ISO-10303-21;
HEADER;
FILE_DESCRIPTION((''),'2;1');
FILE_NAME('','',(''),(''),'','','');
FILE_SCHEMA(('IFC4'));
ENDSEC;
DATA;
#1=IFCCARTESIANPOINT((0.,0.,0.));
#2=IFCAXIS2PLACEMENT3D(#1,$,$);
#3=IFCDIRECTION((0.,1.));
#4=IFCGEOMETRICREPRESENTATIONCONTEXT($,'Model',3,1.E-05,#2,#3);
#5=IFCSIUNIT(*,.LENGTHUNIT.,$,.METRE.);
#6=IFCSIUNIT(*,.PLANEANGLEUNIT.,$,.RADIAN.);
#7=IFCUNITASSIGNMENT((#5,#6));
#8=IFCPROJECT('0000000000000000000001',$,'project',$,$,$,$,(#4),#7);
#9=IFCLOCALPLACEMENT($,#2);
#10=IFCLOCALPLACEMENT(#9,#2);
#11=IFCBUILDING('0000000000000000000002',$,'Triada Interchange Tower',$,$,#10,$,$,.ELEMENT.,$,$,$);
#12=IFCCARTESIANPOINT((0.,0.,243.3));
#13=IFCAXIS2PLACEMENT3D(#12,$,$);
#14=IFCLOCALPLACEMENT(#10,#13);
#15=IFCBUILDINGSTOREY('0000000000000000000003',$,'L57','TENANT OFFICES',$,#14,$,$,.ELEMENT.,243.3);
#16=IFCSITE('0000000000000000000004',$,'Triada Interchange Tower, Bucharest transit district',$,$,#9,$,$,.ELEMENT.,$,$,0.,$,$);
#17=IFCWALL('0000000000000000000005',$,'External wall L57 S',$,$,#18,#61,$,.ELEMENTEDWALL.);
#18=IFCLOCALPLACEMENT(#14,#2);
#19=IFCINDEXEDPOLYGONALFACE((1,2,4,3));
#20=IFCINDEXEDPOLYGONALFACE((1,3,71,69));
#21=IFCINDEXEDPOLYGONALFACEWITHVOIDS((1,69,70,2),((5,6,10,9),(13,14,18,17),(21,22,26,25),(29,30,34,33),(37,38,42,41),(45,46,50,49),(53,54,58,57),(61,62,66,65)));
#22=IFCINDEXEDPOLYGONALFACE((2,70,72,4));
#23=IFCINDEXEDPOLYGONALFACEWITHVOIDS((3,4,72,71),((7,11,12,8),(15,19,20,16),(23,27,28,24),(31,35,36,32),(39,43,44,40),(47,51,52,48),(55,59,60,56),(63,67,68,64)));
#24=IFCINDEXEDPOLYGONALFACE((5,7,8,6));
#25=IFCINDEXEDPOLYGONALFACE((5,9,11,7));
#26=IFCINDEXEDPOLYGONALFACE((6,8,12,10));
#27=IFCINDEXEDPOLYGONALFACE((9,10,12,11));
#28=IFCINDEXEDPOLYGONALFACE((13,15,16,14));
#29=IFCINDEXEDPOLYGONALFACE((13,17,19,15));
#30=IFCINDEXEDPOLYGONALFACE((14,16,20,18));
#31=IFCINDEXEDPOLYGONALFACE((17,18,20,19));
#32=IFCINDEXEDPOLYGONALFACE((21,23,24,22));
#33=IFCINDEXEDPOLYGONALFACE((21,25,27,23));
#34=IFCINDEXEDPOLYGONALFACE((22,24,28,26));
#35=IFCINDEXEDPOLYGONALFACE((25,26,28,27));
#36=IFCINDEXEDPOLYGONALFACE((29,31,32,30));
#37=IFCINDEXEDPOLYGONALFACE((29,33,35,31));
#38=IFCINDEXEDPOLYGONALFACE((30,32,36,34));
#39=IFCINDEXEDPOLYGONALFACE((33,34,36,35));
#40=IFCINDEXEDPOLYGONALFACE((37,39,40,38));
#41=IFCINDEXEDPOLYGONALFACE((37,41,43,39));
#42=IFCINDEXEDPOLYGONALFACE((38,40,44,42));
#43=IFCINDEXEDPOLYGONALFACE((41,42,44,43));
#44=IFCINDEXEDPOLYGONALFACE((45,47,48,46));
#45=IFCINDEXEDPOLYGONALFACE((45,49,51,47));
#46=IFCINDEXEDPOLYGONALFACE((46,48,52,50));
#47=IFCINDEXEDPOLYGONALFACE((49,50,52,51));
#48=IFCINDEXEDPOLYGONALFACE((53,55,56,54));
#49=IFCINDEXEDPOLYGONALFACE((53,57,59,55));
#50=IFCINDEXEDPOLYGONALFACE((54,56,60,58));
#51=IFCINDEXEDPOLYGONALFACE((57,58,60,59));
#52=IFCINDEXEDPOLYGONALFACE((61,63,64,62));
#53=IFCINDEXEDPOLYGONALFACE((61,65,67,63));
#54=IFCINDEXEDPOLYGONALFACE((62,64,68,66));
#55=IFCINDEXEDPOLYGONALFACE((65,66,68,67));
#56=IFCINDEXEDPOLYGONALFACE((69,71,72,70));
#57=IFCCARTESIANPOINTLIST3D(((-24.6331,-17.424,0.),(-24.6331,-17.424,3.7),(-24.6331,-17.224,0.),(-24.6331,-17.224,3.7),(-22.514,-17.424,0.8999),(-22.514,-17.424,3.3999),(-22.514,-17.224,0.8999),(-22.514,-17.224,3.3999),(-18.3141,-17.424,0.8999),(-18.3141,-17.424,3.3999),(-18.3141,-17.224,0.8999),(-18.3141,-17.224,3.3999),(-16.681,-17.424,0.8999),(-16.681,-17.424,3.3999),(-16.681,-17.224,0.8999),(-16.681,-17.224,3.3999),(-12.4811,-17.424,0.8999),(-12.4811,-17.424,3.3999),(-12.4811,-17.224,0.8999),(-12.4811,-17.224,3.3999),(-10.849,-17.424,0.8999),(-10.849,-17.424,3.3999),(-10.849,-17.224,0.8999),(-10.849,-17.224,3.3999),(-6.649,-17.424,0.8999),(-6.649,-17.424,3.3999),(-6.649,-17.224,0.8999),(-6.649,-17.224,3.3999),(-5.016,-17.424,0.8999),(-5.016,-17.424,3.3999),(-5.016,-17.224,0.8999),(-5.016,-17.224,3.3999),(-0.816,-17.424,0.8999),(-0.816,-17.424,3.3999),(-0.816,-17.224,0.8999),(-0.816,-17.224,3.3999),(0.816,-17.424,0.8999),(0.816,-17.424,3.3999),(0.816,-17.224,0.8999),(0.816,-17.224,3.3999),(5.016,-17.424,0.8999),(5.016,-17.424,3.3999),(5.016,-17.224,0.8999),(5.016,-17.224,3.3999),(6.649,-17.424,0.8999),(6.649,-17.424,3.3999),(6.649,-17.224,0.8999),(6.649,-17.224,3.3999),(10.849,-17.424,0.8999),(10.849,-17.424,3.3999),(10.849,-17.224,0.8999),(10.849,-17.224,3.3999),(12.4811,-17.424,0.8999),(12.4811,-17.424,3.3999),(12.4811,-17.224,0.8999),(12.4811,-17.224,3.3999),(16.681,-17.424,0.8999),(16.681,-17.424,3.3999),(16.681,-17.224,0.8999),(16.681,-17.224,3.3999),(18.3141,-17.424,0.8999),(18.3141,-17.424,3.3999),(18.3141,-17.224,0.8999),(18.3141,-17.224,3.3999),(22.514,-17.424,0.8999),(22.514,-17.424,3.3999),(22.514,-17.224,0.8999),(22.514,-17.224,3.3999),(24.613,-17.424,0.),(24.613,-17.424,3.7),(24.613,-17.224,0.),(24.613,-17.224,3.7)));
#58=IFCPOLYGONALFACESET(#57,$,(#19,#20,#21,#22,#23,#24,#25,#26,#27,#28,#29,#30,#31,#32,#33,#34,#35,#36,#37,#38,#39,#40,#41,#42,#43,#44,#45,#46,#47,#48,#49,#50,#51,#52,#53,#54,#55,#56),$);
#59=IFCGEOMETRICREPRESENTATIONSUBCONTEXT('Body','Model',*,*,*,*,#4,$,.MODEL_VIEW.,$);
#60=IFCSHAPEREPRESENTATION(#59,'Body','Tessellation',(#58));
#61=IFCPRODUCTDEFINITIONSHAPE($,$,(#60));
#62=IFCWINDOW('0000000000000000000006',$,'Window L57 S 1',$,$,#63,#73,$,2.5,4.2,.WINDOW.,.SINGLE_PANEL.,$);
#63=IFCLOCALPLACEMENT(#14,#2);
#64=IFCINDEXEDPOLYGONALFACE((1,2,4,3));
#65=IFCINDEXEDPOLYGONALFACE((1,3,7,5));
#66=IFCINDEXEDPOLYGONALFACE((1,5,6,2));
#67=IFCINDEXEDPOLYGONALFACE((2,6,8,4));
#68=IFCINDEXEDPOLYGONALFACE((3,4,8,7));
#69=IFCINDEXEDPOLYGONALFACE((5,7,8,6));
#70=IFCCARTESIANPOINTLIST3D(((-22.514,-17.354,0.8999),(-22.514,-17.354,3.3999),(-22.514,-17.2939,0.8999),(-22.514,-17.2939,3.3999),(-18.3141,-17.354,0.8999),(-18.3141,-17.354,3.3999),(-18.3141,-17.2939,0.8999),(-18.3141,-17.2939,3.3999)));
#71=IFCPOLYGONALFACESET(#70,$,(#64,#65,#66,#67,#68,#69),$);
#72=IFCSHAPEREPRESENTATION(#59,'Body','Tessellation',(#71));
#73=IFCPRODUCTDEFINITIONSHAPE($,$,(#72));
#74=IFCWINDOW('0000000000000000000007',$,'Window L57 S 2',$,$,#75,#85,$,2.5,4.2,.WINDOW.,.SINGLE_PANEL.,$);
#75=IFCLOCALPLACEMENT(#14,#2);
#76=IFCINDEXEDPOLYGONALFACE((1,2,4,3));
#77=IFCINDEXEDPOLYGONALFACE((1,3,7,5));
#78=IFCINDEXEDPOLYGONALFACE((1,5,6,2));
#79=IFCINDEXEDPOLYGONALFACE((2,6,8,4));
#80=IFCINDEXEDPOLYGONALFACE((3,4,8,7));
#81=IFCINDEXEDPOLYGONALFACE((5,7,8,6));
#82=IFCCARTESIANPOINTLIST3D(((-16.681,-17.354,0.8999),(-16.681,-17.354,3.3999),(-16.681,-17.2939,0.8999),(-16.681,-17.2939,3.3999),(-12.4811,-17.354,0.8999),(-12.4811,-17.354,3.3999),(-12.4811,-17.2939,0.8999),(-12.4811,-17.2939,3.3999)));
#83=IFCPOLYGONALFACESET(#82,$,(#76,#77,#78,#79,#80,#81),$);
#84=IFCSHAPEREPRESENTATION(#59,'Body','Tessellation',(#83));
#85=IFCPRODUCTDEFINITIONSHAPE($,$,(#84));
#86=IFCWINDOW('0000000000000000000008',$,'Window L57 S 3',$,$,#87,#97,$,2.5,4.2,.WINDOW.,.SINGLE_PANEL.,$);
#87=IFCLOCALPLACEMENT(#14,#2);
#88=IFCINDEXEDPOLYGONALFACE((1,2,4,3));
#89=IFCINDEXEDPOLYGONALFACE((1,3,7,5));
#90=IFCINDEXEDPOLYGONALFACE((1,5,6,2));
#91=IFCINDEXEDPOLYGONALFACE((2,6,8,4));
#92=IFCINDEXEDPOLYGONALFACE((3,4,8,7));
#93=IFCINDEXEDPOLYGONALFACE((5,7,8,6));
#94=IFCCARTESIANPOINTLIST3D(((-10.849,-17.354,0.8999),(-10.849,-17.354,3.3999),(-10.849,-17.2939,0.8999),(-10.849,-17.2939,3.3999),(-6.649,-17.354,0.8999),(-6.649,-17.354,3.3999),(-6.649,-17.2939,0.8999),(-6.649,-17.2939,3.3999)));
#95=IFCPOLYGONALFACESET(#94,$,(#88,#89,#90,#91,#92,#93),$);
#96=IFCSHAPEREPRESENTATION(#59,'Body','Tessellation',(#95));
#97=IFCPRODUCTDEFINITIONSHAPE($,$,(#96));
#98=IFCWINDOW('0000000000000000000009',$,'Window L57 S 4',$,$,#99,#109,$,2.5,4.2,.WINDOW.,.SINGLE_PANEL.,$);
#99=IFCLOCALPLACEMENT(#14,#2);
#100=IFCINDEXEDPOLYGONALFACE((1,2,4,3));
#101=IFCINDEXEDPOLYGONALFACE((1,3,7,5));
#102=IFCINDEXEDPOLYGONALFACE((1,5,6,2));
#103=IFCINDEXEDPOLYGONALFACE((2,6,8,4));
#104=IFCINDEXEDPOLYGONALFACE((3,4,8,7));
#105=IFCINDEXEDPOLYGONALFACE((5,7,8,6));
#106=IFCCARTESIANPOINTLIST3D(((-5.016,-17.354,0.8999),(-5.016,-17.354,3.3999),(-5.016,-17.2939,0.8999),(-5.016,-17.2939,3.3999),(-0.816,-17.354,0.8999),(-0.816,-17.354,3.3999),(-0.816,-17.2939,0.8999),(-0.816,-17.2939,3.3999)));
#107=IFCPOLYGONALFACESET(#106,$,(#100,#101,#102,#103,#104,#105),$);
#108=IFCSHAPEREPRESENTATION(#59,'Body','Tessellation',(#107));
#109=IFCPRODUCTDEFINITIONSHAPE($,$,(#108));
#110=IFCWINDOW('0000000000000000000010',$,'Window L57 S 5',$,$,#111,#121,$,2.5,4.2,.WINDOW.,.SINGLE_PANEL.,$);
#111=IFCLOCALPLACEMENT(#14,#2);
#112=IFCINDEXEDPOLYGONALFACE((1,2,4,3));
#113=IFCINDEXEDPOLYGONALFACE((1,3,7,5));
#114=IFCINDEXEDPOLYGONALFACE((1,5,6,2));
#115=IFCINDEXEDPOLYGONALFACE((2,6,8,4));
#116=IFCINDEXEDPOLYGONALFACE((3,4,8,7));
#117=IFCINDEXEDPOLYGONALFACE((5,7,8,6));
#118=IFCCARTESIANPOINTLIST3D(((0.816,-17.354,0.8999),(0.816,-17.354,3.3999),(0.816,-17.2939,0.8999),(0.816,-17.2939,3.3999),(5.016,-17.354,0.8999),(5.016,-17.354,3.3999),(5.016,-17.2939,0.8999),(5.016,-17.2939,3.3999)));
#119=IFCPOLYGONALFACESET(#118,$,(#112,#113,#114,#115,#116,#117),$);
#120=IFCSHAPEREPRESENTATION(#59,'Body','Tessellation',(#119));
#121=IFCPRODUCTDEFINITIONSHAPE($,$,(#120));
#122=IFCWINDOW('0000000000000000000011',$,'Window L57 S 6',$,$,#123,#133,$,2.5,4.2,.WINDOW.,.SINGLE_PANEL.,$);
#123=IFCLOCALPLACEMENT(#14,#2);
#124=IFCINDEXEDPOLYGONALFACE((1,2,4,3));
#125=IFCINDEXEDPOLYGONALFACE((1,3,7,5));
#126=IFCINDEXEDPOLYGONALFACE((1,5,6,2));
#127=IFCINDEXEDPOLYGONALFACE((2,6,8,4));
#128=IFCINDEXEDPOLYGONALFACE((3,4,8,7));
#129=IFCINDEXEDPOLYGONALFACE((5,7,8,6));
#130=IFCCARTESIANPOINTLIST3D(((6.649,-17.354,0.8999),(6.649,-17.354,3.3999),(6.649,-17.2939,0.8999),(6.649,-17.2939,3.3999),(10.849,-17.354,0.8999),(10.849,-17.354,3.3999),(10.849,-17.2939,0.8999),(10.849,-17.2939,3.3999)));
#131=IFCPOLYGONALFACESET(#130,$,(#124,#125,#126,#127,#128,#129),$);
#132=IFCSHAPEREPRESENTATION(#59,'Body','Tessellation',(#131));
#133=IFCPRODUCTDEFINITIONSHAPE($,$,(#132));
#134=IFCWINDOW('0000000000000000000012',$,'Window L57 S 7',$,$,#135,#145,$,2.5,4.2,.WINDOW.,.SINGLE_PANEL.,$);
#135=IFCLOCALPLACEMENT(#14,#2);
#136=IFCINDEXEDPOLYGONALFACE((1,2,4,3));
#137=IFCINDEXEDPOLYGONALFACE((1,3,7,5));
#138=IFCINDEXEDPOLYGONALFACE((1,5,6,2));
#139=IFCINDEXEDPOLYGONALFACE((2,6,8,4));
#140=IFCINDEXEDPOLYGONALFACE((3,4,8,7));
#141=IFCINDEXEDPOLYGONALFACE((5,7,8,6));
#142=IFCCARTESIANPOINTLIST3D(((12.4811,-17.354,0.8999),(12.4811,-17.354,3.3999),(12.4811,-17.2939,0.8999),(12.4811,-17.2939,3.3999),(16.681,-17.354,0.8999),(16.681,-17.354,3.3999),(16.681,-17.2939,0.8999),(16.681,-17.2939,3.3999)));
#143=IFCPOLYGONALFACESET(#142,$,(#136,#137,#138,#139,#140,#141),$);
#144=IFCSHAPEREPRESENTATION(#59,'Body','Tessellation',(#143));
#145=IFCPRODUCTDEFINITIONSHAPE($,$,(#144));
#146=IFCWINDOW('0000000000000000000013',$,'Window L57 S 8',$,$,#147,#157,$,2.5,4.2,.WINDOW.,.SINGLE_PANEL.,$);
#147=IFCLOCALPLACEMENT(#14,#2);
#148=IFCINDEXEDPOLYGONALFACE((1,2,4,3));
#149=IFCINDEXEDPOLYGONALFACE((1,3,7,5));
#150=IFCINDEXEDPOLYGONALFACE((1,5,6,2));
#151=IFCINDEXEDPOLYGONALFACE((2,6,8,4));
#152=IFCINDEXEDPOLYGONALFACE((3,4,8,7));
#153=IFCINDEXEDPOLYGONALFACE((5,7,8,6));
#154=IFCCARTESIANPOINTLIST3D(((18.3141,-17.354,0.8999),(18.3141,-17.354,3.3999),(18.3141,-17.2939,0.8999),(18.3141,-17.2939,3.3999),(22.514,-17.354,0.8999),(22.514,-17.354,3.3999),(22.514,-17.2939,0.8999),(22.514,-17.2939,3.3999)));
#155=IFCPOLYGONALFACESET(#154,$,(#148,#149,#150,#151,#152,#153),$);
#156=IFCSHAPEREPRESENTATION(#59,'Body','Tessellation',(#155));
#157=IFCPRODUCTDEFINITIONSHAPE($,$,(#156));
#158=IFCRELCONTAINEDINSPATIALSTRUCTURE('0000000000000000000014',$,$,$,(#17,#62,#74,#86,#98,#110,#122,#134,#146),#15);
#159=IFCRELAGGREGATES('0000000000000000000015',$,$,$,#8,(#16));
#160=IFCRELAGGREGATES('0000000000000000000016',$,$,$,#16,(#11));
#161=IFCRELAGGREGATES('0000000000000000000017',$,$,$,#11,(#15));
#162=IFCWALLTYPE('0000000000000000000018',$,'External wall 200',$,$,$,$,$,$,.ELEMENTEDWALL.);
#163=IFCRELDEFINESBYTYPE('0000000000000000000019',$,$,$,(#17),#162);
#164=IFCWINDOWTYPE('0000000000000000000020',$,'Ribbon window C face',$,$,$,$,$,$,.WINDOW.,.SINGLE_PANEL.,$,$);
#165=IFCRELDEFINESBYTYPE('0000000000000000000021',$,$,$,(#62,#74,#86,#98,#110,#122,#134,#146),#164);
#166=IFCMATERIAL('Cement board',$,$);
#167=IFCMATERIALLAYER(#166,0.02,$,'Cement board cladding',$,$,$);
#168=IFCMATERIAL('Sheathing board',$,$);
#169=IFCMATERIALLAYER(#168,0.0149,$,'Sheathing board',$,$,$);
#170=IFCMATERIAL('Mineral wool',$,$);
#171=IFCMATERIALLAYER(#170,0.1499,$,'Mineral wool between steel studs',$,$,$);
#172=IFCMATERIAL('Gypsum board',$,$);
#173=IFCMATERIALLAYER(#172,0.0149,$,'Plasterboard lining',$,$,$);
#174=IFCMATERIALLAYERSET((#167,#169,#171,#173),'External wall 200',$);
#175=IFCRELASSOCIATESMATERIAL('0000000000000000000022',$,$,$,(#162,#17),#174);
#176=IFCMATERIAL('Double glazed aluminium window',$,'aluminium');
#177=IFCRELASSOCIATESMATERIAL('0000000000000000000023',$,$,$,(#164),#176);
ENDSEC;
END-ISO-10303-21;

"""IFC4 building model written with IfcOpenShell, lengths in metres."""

from ifc_helpers import new_model, si_unit, direction, frame, frame_2d, origin, place, context, subcontext, project, spatial, rectangle, extrude, material, layer, layer_set, layer_usage, type_object, element, fill, save


model = new_model("IFC4")

# Units and contexts
model_context = context("Model", 3, precision=1e-05, world=origin(), true_north=direction((0.0, 1.0)))
body_context = subcontext(model_context, "Body", "Model", "MODEL_VIEW")
ifc_project = project(units=[si_unit("LENGTHUNIT", "METRE"), si_unit("PLANEANGLEUNIT", "RADIAN")], contexts=[model_context])

# Site, building, storey
site_placement = place(None, origin())
site = spatial("IfcSite", under=ifc_project, at=site_placement, Name="Triada Interchange Tower, Bucharest transit district", CompositionType="ELEMENT", RefElevation=0.0)
building_placement = place(site_placement, origin())
building = spatial("IfcBuilding", under=site, at=building_placement, Name="Triada Interchange Tower", CompositionType="ELEMENT")
storey_placement = place(building_placement, frame((0.0, 0.0, 243.3)))
storey = spatial("IfcBuildingStorey", under=building, at=storey_placement, Name="L57", Description="TENANT OFFICES", CompositionType="ELEMENT", Elevation=243.3)

# Shared definitions
ifc_material_1 = material(Name="Cement board")
ifc_layer_1 = layer(ifc_material_1, 0.02, Name="Cement board cladding")
ifc_material_2 = material(Name="Sheathing board")
ifc_layer_2 = layer(ifc_material_2, 0.0149, Name="Sheathing board")
ifc_material_3 = material(Name="Mineral wool")
ifc_layer_3 = layer(ifc_material_3, 0.1499, Name="Mineral wool between steel studs")
ifc_material_4 = material(Name="Gypsum board")
ifc_layer_4 = layer(ifc_material_4, 0.0149, Name="Plasterboard lining")
ifc_layer_set_1 = layer_set([ifc_layer_1, ifc_layer_2, ifc_layer_3, ifc_layer_4], Name="External wall 200")
ifc_layer_usage = layer_usage(ifc_layer_set_1, "AXIS2", "POSITIVE", -0.1001)
wall_type_1 = type_object("IfcWallType", Name="External wall 200", PredefinedType="ELEMENTEDWALL", material=ifc_layer_set_1)
ifc_material_5 = material(Name="Double glazed aluminium window", Category="aluminium")

# Wall, openings, windows
wall_1_placement = place(storey_placement, frame((-24.6331, -17.324, 0.0), z_axis=(0.0, 0.0, 1.0), x_axis=(1.0, 0.0, 0.0)))
wall_1 = element("IfcWall", 1, at=wall_1_placement, inside=storey, type_object=wall_type_1, material=ifc_layer_usage, Name="External wall L57 S", PredefinedType="ELEMENTEDWALL", context=body_context, shape_type="SweptSolid", body=[
    extrude(rectangle(XDim=49.2461, YDim=0.2, at=frame_2d((24.623, 0.0))), origin(), (0.0, 0.0, 1.0), 3.7),
])
opening_1_placement = place(wall_1_placement, frame((2.1189, 0.0, 0.8999)))
opening_1 = element("IfcOpeningElement", 2, at=opening_1_placement, cuts=wall_1, PredefinedType="OPENING", context=body_context, shape_type="SweptSolid", body=[
    extrude(rectangle(XDim=4.2, YDim=2.5, at=frame_2d((2.1001, 1.25))), frame((0.0, 0.1099, 0.0), z_axis=(0.0, -1.0, 0.0), x_axis=(1.0, 0.0, 0.0)), (0.0, 0.0, 1.0), 0.22),
])
opening_2_placement = place(wall_1_placement, frame((7.9519, 0.0, 0.8999)))
opening_2 = element("IfcOpeningElement", 3, at=opening_2_placement, cuts=wall_1, PredefinedType="OPENING", context=body_context, shape_type="SweptSolid", body=[
    extrude(rectangle(XDim=4.2, YDim=2.5, at=frame_2d((2.1001, 1.25))), frame((0.0, 0.1099, 0.0), z_axis=(0.0, -1.0, 0.0), x_axis=(1.0, 0.0, 0.0)), (0.0, 0.0, 1.0), 0.22),
])
opening_3_placement = place(wall_1_placement, frame((13.7839, 0.0, 0.8999)))
opening_3 = element("IfcOpeningElement", 4, at=opening_3_placement, cuts=wall_1, PredefinedType="OPENING", context=body_context, shape_type="SweptSolid", body=[
    extrude(rectangle(XDim=4.2, YDim=2.5, at=frame_2d((2.1001, 1.25))), frame((0.0, 0.1099, 0.0), z_axis=(0.0, -1.0, 0.0), x_axis=(1.0, 0.0, 0.0)), (0.0, 0.0, 1.0), 0.22),
])
opening_4_placement = place(wall_1_placement, frame((19.6169, 0.0, 0.8999)))
opening_4 = element("IfcOpeningElement", 5, at=opening_4_placement, cuts=wall_1, PredefinedType="OPENING", context=body_context, shape_type="SweptSolid", body=[
    extrude(rectangle(XDim=4.2, YDim=2.5, at=frame_2d((2.1001, 1.25))), frame((0.0, 0.1099, 0.0), z_axis=(0.0, -1.0, 0.0), x_axis=(1.0, 0.0, 0.0)), (0.0, 0.0, 1.0), 0.22),
])
opening_5_placement = place(wall_1_placement, frame((25.449, 0.0, 0.8999)))
opening_5 = element("IfcOpeningElement", 6, at=opening_5_placement, cuts=wall_1, PredefinedType="OPENING", context=body_context, shape_type="SweptSolid", body=[
    extrude(rectangle(XDim=4.2, YDim=2.5, at=frame_2d((2.1001, 1.25))), frame((0.0, 0.1099, 0.0), z_axis=(0.0, -1.0, 0.0), x_axis=(1.0, 0.0, 0.0)), (0.0, 0.0, 1.0), 0.22),
])
opening_6_placement = place(wall_1_placement, frame((31.282, 0.0, 0.8999)))
opening_6 = element("IfcOpeningElement", 7, at=opening_6_placement, cuts=wall_1, PredefinedType="OPENING", context=body_context, shape_type="SweptSolid", body=[
    extrude(rectangle(XDim=4.2, YDim=2.5, at=frame_2d((2.1001, 1.25))), frame((0.0, 0.1099, 0.0), z_axis=(0.0, -1.0, 0.0), x_axis=(1.0, 0.0, 0.0)), (0.0, 0.0, 1.0), 0.22),
])
opening_7_placement = place(wall_1_placement, frame((37.114, 0.0, 0.8999)))
opening_7 = element("IfcOpeningElement", 8, at=opening_7_placement, cuts=wall_1, PredefinedType="OPENING", context=body_context, shape_type="SweptSolid", body=[
    extrude(rectangle(XDim=4.2, YDim=2.5, at=frame_2d((2.1001, 1.25))), frame((0.0, 0.1099, 0.0), z_axis=(0.0, -1.0, 0.0), x_axis=(1.0, 0.0, 0.0)), (0.0, 0.0, 1.0), 0.22),
])
opening_8_placement = place(wall_1_placement, frame((42.947, 0.0, 0.8999)))
opening_8 = element("IfcOpeningElement", 9, at=opening_8_placement, cuts=wall_1, PredefinedType="OPENING", context=body_context, shape_type="SweptSolid", body=[
    extrude(rectangle(XDim=4.2, YDim=2.5, at=frame_2d((2.1001, 1.25))), frame((0.0, 0.1099, 0.0), z_axis=(0.0, -1.0, 0.0), x_axis=(1.0, 0.0, 0.0)), (0.0, 0.0, 1.0), 0.22),
])
window_type_1 = type_object("IfcWindowType", Name="Ribbon window C face", PartitioningType="SINGLE_PANEL", PredefinedType="WINDOW", material=ifc_material_5)
window_1_placement = place(opening_1_placement, origin())
window_1 = element("IfcWindow", 10, at=window_1_placement, inside=storey, type_object=window_type_1, Name="Window L57 S 1", OverallHeight=2.5, OverallWidth=4.2, PartitioningType="SINGLE_PANEL", PredefinedType="WINDOW", context=body_context, shape_type="SweptSolid", body=[
    extrude(rectangle(XDim=4.2, YDim=2.5, at=frame_2d((2.1001, 1.25))), frame((0.0, 0.03, 0.0), z_axis=(0.0, -1.0, 0.0), x_axis=(1.0, 0.0, 0.0)), (0.0, 0.0, 1.0), 0.0601),
])
fill(opening_1, window_1)
window_2_placement = place(opening_2_placement, origin())
window_2 = element("IfcWindow", 11, at=window_2_placement, inside=storey, type_object=window_type_1, Name="Window L57 S 2", OverallHeight=2.5, OverallWidth=4.2, PartitioningType="SINGLE_PANEL", PredefinedType="WINDOW", context=body_context, shape_type="SweptSolid", body=[
    extrude(rectangle(XDim=4.2, YDim=2.5, at=frame_2d((2.1001, 1.25))), frame((0.0, 0.03, 0.0), z_axis=(0.0, -1.0, 0.0), x_axis=(1.0, 0.0, 0.0)), (0.0, 0.0, 1.0), 0.0601),
])
fill(opening_2, window_2)
window_3_placement = place(opening_3_placement, origin())
window_3 = element("IfcWindow", 12, at=window_3_placement, inside=storey, type_object=window_type_1, Name="Window L57 S 3", OverallHeight=2.5, OverallWidth=4.2, PartitioningType="SINGLE_PANEL", PredefinedType="WINDOW", context=body_context, shape_type="SweptSolid", body=[
    extrude(rectangle(XDim=4.2, YDim=2.5, at=frame_2d((2.1001, 1.25))), frame((0.0, 0.03, 0.0), z_axis=(0.0, -1.0, 0.0), x_axis=(1.0, 0.0, 0.0)), (0.0, 0.0, 1.0), 0.0601),
])
fill(opening_3, window_3)
window_4_placement = place(opening_4_placement, origin())
window_4 = element("IfcWindow", 13, at=window_4_placement, inside=storey, type_object=window_type_1, Name="Window L57 S 4", OverallHeight=2.5, OverallWidth=4.2, PartitioningType="SINGLE_PANEL", PredefinedType="WINDOW", context=body_context, shape_type="SweptSolid", body=[
    extrude(rectangle(XDim=4.2, YDim=2.5, at=frame_2d((2.1001, 1.25))), frame((0.0, 0.03, 0.0), z_axis=(0.0, -1.0, 0.0), x_axis=(1.0, 0.0, 0.0)), (0.0, 0.0, 1.0), 0.0601),
])
fill(opening_4, window_4)
window_5_placement = place(opening_5_placement, origin())
window_5 = element("IfcWindow", 14, at=window_5_placement, inside=storey, type_object=window_type_1, Name="Window L57 S 5", OverallHeight=2.5, OverallWidth=4.2, PartitioningType="SINGLE_PANEL", PredefinedType="WINDOW", context=body_context, shape_type="SweptSolid", body=[
    extrude(rectangle(XDim=4.2, YDim=2.5, at=frame_2d((2.1001, 1.25))), frame((0.0, 0.03, 0.0), z_axis=(0.0, -1.0, 0.0), x_axis=(1.0, 0.0, 0.0)), (0.0, 0.0, 1.0), 0.0601),
])
fill(opening_5, window_5)
window_6_placement = place(opening_6_placement, origin())
window_6 = element("IfcWindow", 15, at=window_6_placement, inside=storey, type_object=window_type_1, Name="Window L57 S 6", OverallHeight=2.5, OverallWidth=4.2, PartitioningType="SINGLE_PANEL", PredefinedType="WINDOW", context=body_context, shape_type="SweptSolid", body=[
    extrude(rectangle(XDim=4.2, YDim=2.5, at=frame_2d((2.1001, 1.25))), frame((0.0, 0.03, 0.0), z_axis=(0.0, -1.0, 0.0), x_axis=(1.0, 0.0, 0.0)), (0.0, 0.0, 1.0), 0.0601),
])
fill(opening_6, window_6)
window_7_placement = place(opening_7_placement, origin())
window_7 = element("IfcWindow", 16, at=window_7_placement, inside=storey, type_object=window_type_1, Name="Window L57 S 7", OverallHeight=2.5, OverallWidth=4.2, PartitioningType="SINGLE_PANEL", PredefinedType="WINDOW", context=body_context, shape_type="SweptSolid", body=[
    extrude(rectangle(XDim=4.2, YDim=2.5, at=frame_2d((2.1001, 1.25))), frame((0.0, 0.03, 0.0), z_axis=(0.0, -1.0, 0.0), x_axis=(1.0, 0.0, 0.0)), (0.0, 0.0, 1.0), 0.0601),
])
fill(opening_7, window_7)
window_8_placement = place(opening_8_placement, origin())
window_8 = element("IfcWindow", 17, at=window_8_placement, inside=storey, type_object=window_type_1, Name="Window L57 S 8", OverallHeight=2.5, OverallWidth=4.2, PartitioningType="SINGLE_PANEL", PredefinedType="WINDOW", context=body_context, shape_type="SweptSolid", body=[
    extrude(rectangle(XDim=4.2, YDim=2.5, at=frame_2d((2.1001, 1.25))), frame((0.0, 0.03, 0.0), z_axis=(0.0, -1.0, 0.0), x_axis=(1.0, 0.0, 0.0)), (0.0, 0.0, 1.0), 0.0601),
])
fill(opening_8, window_8)

save(model, "model.ifc")
